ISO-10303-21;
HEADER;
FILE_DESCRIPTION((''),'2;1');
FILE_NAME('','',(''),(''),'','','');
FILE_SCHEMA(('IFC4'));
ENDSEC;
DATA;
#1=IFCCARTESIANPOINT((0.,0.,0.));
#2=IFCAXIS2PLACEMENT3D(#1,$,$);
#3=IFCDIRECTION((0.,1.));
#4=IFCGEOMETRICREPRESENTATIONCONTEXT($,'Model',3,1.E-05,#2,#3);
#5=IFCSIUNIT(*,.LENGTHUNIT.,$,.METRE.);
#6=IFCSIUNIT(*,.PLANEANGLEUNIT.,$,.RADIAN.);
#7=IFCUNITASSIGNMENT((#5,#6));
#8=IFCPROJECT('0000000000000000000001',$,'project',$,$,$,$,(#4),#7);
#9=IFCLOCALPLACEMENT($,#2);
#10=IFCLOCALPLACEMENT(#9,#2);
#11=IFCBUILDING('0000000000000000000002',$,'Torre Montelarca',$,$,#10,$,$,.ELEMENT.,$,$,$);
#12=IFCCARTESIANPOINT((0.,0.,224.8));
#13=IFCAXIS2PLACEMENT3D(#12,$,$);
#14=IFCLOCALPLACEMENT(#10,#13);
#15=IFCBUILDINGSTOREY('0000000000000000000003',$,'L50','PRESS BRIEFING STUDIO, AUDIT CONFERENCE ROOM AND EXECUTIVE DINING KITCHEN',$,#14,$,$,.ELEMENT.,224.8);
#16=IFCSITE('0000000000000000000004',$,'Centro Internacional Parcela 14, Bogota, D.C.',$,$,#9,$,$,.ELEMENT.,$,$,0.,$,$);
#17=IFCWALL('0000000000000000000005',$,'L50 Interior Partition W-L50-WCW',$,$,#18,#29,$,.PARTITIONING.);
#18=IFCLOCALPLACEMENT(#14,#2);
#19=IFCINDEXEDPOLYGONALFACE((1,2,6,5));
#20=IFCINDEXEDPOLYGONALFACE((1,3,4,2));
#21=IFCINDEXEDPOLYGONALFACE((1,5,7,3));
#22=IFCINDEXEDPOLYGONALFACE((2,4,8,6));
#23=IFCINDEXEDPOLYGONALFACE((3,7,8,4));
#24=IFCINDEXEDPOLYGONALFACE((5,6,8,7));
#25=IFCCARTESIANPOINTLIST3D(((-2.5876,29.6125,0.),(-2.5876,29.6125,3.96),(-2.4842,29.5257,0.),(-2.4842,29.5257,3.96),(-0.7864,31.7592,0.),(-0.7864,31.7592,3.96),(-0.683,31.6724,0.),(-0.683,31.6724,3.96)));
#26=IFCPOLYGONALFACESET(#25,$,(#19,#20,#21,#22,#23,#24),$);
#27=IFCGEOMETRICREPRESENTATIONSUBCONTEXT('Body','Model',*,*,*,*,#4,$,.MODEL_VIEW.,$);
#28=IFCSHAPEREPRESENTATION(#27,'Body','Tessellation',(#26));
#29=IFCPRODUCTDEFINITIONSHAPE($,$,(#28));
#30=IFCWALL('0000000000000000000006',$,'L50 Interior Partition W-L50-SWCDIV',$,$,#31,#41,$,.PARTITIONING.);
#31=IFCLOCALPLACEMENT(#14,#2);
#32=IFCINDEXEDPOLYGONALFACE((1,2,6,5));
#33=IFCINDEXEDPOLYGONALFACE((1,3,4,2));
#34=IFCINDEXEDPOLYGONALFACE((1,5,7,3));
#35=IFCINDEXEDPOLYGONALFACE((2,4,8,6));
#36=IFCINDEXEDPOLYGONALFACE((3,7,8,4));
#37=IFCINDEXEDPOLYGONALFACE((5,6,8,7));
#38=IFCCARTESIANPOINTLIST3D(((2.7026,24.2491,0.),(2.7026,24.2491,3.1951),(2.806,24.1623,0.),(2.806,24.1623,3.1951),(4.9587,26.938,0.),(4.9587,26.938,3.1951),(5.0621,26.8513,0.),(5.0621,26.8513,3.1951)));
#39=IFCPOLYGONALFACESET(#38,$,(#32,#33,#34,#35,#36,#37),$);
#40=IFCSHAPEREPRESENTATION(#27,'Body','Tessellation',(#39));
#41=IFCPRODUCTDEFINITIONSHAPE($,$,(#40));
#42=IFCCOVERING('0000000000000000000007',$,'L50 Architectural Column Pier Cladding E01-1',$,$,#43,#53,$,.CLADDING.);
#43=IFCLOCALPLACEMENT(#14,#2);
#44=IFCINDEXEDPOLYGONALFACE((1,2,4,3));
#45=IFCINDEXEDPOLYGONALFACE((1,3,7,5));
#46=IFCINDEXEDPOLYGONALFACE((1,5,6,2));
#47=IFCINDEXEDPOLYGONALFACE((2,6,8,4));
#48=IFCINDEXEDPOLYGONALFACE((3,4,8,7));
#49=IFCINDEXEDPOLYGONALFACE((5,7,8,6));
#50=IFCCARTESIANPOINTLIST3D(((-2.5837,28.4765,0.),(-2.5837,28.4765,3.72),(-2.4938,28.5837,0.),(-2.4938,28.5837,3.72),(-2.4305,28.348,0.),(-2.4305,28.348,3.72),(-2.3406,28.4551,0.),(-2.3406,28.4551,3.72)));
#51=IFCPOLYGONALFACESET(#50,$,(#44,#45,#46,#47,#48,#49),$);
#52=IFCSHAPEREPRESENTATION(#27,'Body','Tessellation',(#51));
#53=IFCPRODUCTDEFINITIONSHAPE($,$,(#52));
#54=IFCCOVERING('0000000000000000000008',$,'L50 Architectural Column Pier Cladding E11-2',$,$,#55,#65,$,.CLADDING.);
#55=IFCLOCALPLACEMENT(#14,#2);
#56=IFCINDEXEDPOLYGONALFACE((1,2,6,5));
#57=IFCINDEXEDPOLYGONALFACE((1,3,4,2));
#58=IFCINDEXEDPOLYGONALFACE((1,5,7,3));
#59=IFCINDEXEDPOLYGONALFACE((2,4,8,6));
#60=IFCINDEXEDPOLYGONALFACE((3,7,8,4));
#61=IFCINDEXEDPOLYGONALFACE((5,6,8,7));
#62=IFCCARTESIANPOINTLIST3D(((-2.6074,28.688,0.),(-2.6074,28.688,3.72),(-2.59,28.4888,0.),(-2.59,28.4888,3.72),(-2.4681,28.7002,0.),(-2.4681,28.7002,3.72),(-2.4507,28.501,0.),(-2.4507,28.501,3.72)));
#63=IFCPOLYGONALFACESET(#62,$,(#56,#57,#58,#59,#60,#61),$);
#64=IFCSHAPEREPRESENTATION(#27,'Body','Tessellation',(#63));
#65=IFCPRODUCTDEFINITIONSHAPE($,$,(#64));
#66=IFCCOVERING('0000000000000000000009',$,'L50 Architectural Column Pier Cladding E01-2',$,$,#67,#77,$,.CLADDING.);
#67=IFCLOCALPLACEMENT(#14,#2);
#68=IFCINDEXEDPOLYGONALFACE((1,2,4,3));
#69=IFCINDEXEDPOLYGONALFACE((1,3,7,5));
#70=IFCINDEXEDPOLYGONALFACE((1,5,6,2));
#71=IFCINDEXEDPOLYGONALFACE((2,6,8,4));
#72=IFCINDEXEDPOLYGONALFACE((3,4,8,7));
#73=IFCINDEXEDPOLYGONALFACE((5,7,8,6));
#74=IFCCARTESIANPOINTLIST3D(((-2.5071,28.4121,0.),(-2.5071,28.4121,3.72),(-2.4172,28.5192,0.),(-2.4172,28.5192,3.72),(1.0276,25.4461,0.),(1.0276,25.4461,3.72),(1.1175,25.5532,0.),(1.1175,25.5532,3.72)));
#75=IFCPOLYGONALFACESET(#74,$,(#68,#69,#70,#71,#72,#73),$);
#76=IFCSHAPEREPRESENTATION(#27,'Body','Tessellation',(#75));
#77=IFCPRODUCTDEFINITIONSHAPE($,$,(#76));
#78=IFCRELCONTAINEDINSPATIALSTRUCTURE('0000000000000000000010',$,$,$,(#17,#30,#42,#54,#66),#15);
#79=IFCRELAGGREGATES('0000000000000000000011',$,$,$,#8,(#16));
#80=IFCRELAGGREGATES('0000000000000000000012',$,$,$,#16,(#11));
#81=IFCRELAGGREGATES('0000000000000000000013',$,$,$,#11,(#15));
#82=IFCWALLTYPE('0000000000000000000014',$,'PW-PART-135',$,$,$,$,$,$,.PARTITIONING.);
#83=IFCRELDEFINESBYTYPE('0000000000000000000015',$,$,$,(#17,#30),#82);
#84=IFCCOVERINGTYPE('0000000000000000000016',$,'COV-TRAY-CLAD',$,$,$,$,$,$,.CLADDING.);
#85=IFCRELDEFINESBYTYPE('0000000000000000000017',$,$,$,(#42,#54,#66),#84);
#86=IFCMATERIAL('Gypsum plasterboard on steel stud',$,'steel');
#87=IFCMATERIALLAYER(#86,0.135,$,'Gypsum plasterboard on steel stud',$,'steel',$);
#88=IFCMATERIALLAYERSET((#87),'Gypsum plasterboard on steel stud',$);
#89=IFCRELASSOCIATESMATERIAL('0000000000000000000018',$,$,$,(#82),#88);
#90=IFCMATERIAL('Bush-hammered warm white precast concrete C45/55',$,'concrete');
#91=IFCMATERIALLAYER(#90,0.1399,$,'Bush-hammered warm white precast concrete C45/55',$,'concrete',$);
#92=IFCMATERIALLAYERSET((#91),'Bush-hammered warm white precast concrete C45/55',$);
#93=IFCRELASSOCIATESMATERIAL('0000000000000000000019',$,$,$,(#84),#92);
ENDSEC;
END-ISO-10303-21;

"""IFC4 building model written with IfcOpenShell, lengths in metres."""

from ifc_helpers import new_model, si_unit, direction, frame, frame_2d, origin, origin_2d, place, context, subcontext, project, spatial, rectangle, extrude, source, transform, mapped, material, layer, layer_set, type_object, element, save


model = new_model("IFC4")

# Units and contexts
model_context = context("Model", 3, precision=1e-05, world=origin(), true_north=direction((0.0, 1.0)))
body_context = subcontext(model_context, "Body", "Model", "MODEL_VIEW")
ifc_project = project(units=[si_unit("LENGTHUNIT", "METRE"), si_unit("PLANEANGLEUNIT", "RADIAN")], contexts=[model_context])

# Site, building, storey
site_placement = place(None, origin())
site = spatial("IfcSite", under=ifc_project, at=site_placement, Name="Centro Internacional Parcela 14, Bogota, D.C.", CompositionType="ELEMENT", RefElevation=0.0)
building_placement = place(site_placement, origin())
building = spatial("IfcBuilding", under=site, at=building_placement, Name="Torre Montelarca", CompositionType="ELEMENT")
storey_placement = place(building_placement, frame((0.0, 0.0, 224.8)))
storey = spatial("IfcBuildingStorey", under=building, at=storey_placement, Name="L50", Description="PRESS BRIEFING STUDIO, AUDIT CONFERENCE ROOM AND EXECUTIVE DINING KITCHEN", CompositionType="ELEMENT", Elevation=224.8)

# Walls
ifc_material_1 = material(Name="Gypsum plasterboard on steel stud", Category="steel")
ifc_layer_1 = layer(ifc_material_1, 0.135, Name="Gypsum plasterboard on steel stud", Category="steel")
ifc_layer_set_1 = layer_set([ifc_layer_1], Name="Gypsum plasterboard on steel stud")
wall_type_1 = type_object("IfcWallType", Name="PW-PART-135", PredefinedType="PARTITIONING", material=ifc_layer_set_1)
wall_1_placement = place(storey_placement, frame((-2.5359, 29.5691, 0.0), z_axis=(0.0, 0.0, 1.0), x_axis=(0.642777, 0.766053, 0.0)))
element("IfcWall", 1, at=wall_1_placement, inside=storey, type_object=wall_type_1, Name="L50 Interior Partition W-L50-WCW", PredefinedType="PARTITIONING", context=body_context, shape_type="SweptSolid", body=[
    extrude(rectangle(XDim=2.8022, YDim=0.135, at=frame_2d((1.4011, 0.0))), origin(), (0.0, 0.0, 1.0), 3.96),
])
wall_2_placement = place(storey_placement, frame((2.7544, 24.2058, 0.0), z_axis=(0.0, 0.0, 1.0), x_axis=(0.642753, 0.766073, 0.0)))
element("IfcWall", 2, at=wall_2_placement, inside=storey, type_object=wall_type_1, Name="L50 Interior Partition W-L50-SWCDIV", PredefinedType="PARTITIONING", context=body_context, shape_type="SweptSolid", body=[
    extrude(rectangle(XDim=3.51, YDim=0.135, at=frame_2d((1.7549, 0.0))), origin(), (0.0, 0.0, 1.0), 3.1951),
])

# Coverings
ifc_material_2 = material(Name="Bush-hammered warm white precast concrete C45/55", Category="concrete")
ifc_layer_2 = layer(ifc_material_2, 0.1399, Name="Bush-hammered warm white precast concrete C45/55", Category="concrete")
ifc_layer_set_2 = layer_set([ifc_layer_2], Name="Bush-hammered warm white precast concrete C45/55")
covering_type = type_object("IfcCoveringType", Name="COV-TRAY-CLAD", PredefinedType="CLADDING", material=ifc_layer_set_2)
shared_shape_1 = source(origin(), body_context, "Body", "SweptSolid", [
    extrude(rectangle(XDim=0.2, YDim=0.1399, at=origin_2d()), origin(), (0.0, 0.0, 1.0), 3.72),
])
for number, where, z_axis, x_axis, name in (
    (3, (-2.4622, 28.4658, 0.0), (0.0, 0.0, 1.0), (0.766042, -0.64279, 0.0), "L50 Architectural Column Pier Cladding E01-1"),
    (4, (-2.5291, 28.5945, 0.0), (0.0, 0.0, 1.0), (0.087161, -0.996194, 0.0), "L50 Architectural Column Pier Cladding E11-2"),
):
    element("IfcCovering", number, at=place(storey_placement, frame(where, z_axis=z_axis, x_axis=x_axis)), inside=storey, type_object=covering_type, Name=name, PredefinedType="CLADDING", context=body_context, shape_type="MappedRepresentation", body=[
        mapped(shared_shape_1, transform((0.0, 0.0, 0.0), scale=1.0)),
    ])
shared_shape_2 = source(origin(), body_context, "Body", "SweptSolid", [
    extrude(rectangle(XDim=4.6143, YDim=0.1399, at=origin_2d()), origin(), (0.0, 0.0, 1.0), 3.72),
])
covering_placement = place(storey_placement, frame((-0.6948, 26.9827, 0.0), z_axis=(0.0, 0.0, 1.0), x_axis=(0.766042, -0.64279, 0.0)))
element("IfcCovering", 5, at=covering_placement, inside=storey, type_object=covering_type, Name="L50 Architectural Column Pier Cladding E01-2", PredefinedType="CLADDING", context=body_context, shape_type="MappedRepresentation", body=[
    mapped(shared_shape_2, transform((0.0, 0.0, 0.0), scale=1.0)),
])

save(model, "model.ifc")
